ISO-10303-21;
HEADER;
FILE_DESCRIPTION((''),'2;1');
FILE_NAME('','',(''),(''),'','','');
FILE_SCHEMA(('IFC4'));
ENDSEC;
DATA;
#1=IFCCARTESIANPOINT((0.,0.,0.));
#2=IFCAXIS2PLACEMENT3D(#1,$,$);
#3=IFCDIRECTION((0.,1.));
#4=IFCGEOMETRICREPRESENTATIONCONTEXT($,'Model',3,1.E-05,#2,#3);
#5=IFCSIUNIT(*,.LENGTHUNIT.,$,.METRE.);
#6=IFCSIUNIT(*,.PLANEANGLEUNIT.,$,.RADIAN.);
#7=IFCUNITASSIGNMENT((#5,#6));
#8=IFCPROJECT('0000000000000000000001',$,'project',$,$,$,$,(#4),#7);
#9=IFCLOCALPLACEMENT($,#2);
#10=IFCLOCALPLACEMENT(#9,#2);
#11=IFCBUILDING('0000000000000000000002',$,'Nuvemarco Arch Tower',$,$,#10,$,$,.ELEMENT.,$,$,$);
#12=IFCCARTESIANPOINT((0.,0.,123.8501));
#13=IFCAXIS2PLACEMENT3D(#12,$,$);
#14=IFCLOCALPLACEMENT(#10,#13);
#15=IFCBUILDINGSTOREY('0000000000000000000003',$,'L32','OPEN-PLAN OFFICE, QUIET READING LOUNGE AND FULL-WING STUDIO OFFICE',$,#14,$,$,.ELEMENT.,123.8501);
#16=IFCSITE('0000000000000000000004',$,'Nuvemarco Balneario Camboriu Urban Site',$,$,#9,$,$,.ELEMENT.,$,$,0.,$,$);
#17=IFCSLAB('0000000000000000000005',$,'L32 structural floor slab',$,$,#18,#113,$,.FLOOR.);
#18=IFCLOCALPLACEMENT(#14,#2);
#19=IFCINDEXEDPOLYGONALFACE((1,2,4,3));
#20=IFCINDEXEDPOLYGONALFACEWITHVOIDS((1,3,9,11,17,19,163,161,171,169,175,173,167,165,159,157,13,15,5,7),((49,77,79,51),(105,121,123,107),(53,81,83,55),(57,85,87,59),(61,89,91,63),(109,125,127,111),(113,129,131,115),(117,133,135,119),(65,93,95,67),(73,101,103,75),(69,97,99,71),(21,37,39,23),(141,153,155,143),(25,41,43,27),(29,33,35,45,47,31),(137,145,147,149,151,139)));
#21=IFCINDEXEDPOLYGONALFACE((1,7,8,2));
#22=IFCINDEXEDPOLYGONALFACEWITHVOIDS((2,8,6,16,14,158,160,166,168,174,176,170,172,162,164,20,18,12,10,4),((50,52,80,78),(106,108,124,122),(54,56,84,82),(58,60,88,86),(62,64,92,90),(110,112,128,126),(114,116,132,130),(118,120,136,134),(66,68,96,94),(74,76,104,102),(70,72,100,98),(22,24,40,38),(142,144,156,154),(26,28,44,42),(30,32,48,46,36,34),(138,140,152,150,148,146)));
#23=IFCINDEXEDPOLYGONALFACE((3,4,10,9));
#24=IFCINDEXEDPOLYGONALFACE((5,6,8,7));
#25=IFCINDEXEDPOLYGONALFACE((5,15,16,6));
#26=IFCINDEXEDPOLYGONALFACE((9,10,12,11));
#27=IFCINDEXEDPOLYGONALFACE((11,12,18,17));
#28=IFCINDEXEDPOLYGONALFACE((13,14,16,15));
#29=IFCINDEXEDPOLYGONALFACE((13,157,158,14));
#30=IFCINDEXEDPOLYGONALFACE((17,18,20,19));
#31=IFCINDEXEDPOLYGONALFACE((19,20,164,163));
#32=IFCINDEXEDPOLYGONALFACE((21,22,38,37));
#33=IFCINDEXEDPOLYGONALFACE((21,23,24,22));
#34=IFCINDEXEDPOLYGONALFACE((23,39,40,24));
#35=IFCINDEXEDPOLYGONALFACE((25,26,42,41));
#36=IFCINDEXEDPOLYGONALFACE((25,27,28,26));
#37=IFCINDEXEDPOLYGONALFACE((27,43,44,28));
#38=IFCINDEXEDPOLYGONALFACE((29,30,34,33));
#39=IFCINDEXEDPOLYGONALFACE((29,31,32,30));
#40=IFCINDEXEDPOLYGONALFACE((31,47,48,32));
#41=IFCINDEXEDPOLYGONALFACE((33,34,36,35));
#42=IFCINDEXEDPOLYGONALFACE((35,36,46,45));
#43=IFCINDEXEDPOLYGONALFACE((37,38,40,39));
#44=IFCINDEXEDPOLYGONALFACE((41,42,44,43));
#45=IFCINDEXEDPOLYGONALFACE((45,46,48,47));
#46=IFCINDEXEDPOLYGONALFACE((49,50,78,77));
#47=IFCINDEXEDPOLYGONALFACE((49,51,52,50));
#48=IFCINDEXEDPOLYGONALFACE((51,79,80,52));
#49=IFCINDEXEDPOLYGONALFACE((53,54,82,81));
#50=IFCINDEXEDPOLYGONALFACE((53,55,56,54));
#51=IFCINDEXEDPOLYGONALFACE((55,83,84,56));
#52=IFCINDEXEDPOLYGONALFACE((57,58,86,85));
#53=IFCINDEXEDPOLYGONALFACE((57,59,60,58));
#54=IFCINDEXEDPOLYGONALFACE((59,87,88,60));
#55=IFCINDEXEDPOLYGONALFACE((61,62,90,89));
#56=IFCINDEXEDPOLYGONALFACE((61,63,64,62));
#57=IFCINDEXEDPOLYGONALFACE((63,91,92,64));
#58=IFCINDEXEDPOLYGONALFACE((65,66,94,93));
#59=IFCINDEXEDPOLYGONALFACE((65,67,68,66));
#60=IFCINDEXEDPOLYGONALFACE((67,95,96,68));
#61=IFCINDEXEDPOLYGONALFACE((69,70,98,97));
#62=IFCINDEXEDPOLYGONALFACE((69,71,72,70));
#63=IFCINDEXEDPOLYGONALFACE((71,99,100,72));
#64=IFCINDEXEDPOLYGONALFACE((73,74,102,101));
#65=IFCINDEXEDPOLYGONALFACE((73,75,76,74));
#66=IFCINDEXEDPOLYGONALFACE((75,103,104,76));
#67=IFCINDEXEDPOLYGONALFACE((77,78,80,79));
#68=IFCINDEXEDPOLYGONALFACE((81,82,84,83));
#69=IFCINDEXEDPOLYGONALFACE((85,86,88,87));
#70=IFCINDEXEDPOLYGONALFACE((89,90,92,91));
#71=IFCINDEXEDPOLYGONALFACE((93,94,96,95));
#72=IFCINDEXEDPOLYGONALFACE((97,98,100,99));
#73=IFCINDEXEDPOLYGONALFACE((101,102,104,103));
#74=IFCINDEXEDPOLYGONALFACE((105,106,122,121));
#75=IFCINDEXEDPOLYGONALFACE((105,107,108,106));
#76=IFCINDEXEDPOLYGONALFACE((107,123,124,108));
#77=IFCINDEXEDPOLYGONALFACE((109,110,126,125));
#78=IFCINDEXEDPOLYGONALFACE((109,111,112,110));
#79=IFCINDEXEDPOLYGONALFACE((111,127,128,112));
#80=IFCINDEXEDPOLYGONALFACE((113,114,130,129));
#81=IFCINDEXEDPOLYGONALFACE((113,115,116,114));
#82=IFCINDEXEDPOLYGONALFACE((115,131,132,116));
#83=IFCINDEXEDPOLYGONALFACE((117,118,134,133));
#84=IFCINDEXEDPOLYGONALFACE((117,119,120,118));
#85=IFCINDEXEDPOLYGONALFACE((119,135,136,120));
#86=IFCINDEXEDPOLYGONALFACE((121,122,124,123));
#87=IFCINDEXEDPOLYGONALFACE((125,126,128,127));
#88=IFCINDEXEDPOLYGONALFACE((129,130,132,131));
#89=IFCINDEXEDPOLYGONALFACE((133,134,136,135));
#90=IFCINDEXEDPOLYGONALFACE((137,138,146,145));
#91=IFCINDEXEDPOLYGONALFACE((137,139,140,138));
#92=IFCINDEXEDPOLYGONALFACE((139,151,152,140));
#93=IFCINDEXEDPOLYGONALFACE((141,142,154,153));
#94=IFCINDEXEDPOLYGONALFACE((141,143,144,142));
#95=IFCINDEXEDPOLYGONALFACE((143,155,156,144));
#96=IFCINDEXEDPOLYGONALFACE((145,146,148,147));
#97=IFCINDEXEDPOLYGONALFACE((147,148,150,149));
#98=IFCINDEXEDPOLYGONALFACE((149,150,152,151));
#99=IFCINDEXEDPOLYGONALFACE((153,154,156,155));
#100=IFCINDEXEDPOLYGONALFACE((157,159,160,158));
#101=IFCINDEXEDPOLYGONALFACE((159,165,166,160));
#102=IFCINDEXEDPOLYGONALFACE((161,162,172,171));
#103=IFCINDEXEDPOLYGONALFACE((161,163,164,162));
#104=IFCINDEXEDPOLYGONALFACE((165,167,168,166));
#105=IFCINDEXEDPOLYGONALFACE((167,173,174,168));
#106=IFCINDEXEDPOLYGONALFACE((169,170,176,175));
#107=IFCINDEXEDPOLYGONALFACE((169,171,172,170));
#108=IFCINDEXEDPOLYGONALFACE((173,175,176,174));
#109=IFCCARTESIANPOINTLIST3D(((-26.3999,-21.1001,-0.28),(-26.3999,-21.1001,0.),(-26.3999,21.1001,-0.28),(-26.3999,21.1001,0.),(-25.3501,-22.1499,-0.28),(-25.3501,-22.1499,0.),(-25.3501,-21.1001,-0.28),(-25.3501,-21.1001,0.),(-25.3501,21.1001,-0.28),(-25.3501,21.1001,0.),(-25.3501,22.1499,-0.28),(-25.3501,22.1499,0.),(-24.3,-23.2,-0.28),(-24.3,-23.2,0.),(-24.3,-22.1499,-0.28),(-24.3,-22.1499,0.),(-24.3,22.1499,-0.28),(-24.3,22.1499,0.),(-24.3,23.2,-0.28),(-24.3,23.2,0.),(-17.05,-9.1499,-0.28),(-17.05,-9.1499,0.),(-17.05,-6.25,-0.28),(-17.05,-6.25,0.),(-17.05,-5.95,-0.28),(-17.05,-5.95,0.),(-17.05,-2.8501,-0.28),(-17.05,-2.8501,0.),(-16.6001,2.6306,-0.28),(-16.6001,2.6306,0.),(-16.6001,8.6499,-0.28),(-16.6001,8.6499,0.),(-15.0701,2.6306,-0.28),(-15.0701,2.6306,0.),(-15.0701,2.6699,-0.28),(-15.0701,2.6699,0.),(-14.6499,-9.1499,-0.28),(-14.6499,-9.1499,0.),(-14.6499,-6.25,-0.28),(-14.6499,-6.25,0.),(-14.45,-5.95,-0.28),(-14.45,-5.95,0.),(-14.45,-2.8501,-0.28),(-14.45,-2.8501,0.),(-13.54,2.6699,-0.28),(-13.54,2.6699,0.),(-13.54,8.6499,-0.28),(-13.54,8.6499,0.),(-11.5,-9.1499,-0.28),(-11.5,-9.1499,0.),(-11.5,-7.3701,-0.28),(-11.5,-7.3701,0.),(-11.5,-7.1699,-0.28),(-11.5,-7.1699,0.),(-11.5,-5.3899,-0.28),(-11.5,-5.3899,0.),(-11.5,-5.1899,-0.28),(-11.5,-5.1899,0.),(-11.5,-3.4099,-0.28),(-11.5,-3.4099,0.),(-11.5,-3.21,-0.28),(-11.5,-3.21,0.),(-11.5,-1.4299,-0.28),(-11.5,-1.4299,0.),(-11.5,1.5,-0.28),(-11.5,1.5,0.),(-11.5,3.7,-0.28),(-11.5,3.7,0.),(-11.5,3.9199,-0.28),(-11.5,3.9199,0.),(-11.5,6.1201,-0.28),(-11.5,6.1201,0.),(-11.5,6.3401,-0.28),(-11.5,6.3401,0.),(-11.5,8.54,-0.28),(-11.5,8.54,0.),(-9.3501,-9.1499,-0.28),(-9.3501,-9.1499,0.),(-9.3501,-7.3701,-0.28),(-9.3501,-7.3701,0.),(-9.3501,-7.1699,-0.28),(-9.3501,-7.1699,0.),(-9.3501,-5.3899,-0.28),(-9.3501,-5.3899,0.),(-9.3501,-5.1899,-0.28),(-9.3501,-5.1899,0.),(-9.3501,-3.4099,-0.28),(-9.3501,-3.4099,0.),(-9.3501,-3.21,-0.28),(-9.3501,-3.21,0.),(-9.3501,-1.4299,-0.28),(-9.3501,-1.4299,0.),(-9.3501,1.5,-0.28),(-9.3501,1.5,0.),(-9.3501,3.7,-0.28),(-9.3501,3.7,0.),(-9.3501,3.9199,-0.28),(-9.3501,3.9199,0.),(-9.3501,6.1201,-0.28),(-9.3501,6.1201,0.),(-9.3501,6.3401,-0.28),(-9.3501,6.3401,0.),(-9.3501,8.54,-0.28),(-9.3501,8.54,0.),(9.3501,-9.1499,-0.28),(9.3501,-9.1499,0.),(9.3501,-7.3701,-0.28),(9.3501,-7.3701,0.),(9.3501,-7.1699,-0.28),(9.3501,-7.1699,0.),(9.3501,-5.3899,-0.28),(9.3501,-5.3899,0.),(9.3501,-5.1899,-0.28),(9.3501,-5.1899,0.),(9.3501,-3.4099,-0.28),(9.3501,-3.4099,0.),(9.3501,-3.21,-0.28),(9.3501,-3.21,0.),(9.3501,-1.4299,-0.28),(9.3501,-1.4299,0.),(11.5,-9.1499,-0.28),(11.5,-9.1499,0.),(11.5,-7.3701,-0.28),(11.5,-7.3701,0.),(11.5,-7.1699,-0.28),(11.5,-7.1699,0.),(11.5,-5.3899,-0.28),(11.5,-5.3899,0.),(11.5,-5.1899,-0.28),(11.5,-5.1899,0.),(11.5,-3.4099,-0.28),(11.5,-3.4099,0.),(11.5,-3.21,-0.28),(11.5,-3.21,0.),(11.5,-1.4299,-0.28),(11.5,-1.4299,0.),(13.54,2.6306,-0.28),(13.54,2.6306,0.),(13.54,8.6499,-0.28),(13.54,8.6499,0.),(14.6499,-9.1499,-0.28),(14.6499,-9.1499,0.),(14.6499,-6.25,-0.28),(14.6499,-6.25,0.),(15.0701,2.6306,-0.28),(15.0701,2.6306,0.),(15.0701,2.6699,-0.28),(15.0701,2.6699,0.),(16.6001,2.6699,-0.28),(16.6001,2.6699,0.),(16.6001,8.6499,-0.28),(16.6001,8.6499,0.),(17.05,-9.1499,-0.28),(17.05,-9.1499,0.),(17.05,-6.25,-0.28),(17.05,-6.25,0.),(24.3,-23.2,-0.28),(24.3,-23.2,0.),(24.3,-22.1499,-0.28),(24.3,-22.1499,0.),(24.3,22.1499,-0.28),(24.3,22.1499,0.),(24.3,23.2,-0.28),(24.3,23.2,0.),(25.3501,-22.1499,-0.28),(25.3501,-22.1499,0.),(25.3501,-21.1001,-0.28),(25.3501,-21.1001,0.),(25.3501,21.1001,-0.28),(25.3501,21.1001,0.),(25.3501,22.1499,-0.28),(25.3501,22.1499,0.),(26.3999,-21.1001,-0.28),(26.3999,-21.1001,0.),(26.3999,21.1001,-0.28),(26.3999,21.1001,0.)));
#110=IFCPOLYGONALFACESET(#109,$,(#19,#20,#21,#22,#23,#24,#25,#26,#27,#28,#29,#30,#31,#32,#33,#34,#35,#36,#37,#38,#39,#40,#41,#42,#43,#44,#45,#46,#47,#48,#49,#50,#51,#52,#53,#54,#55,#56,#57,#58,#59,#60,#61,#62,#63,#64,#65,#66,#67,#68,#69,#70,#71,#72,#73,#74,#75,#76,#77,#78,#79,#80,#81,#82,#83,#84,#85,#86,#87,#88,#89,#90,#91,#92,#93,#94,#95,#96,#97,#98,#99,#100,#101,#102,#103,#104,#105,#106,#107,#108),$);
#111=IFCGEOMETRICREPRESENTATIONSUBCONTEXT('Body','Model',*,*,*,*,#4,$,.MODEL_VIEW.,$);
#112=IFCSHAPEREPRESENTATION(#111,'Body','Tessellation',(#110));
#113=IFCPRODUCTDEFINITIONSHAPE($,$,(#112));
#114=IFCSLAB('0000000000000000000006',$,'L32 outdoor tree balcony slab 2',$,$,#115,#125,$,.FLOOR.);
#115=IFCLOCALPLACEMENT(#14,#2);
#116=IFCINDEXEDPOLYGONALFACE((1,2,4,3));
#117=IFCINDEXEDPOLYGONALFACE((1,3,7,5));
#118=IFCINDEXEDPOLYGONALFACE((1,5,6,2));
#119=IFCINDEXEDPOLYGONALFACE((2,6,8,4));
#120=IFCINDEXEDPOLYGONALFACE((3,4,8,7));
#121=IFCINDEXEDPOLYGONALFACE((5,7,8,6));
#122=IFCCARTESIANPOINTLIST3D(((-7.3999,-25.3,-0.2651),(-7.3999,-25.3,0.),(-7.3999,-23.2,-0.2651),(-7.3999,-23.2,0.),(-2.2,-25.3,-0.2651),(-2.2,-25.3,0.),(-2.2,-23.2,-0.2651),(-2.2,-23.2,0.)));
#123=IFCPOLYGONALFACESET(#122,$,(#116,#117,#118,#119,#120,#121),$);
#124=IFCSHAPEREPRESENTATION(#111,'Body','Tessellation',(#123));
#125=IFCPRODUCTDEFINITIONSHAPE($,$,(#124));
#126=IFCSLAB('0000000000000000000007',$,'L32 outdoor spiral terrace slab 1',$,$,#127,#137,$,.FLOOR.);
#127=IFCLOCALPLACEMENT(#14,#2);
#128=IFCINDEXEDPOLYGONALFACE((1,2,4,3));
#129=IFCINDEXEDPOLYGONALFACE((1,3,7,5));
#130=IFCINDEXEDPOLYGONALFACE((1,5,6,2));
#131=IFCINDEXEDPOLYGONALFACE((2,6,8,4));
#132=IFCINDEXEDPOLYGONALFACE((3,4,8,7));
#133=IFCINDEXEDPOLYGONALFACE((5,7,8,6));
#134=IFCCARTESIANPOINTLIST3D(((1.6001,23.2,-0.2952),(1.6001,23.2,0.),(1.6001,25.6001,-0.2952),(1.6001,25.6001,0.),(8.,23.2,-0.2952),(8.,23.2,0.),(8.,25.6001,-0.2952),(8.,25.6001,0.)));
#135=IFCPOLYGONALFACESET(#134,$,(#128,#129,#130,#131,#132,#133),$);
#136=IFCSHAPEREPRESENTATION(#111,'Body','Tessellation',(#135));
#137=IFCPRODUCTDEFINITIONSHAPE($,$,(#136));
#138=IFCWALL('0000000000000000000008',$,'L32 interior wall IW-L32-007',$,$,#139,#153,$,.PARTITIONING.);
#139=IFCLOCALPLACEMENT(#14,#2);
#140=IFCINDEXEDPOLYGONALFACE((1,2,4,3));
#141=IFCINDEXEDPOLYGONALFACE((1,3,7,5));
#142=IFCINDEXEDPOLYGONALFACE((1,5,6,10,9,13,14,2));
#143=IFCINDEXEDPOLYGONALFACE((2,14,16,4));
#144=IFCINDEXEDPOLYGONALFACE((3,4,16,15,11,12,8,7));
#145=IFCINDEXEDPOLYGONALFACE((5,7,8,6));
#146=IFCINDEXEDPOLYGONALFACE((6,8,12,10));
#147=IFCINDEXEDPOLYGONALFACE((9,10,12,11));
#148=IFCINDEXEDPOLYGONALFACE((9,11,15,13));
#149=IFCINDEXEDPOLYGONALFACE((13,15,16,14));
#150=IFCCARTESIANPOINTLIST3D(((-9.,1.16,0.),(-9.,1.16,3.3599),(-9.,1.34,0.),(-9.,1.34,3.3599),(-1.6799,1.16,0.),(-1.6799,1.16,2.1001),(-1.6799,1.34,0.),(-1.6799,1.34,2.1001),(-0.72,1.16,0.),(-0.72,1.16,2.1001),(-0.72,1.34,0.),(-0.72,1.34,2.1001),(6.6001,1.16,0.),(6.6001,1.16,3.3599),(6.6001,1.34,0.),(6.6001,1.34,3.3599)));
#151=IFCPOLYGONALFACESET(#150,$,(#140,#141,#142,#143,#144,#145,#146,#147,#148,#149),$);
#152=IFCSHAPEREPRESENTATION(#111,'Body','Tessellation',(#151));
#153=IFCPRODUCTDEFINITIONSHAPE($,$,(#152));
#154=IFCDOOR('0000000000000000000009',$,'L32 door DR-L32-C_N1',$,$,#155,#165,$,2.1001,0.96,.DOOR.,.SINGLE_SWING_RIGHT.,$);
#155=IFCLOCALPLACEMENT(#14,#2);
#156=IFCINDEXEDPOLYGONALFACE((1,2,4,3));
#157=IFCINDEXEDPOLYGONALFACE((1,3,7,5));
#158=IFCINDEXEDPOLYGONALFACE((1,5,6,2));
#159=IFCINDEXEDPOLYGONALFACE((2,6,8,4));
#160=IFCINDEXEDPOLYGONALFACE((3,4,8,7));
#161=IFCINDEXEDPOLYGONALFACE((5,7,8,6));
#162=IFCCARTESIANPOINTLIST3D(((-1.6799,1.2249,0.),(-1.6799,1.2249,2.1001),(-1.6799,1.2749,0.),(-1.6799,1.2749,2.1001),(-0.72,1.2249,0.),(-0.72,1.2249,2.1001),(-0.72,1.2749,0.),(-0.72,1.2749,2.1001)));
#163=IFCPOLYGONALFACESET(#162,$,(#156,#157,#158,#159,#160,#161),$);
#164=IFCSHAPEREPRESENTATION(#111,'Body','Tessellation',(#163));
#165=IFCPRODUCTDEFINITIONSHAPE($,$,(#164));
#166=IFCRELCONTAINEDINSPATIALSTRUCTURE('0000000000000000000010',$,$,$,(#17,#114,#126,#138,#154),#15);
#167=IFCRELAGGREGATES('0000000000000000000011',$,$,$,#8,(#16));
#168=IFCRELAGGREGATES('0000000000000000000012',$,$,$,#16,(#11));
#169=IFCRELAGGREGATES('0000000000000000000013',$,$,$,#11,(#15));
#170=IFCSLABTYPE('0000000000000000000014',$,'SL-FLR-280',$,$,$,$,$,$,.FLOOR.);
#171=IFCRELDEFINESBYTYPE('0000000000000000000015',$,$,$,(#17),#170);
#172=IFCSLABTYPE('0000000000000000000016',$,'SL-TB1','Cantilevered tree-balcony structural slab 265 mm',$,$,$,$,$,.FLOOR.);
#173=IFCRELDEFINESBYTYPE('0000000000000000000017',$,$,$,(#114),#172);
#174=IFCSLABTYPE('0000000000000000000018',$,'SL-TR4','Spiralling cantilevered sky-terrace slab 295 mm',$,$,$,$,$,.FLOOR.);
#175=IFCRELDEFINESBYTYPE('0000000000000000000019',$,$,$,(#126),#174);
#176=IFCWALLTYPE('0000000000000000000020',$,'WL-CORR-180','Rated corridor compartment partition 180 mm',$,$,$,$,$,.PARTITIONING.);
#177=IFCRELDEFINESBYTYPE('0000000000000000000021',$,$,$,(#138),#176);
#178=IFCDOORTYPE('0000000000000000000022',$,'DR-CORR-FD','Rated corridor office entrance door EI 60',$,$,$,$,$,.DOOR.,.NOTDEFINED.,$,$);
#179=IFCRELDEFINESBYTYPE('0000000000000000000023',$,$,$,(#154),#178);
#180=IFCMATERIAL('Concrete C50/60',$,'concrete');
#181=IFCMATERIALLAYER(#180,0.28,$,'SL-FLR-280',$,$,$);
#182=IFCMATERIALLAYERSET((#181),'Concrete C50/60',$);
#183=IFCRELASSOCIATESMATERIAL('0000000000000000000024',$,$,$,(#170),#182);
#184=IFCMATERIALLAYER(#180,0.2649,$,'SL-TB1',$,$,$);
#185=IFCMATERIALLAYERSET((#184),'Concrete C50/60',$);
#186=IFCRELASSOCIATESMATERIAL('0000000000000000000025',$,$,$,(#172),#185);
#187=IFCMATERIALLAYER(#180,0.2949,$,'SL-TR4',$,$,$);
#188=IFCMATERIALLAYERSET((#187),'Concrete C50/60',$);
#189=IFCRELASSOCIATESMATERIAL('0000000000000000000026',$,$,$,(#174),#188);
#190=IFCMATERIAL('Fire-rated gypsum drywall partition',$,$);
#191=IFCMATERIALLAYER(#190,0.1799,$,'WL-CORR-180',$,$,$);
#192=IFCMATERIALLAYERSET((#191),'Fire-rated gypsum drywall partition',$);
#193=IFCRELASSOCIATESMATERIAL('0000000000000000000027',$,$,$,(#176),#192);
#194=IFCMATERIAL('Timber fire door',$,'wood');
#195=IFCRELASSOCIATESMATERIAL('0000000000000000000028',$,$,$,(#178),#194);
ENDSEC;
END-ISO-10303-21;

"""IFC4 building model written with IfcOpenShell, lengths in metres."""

from ifc_helpers import new_model, si_unit, direction, frame, frame_2d, origin, place, context, subcontext, project, spatial, polyline, rectangle, outline, extrude, source, transform, mapped, material, layer, layer_set, type_object, type_shapes, element, fill, save


model = new_model("IFC4")

# Units and contexts
model_context = context("Model", 3, precision=1e-05, world=origin(), true_north=direction((0.0, 1.0)))
body_context = subcontext(model_context, "Body", "Model", "MODEL_VIEW")
ifc_project = project(units=[si_unit("LENGTHUNIT", "METRE"), si_unit("PLANEANGLEUNIT", "RADIAN")], contexts=[model_context])

# Site, building, storey
site_placement = place(None, origin())
site = spatial("IfcSite", under=ifc_project, at=site_placement, Name="Nuvemarco Balneario Camboriu Urban Site", CompositionType="ELEMENT", RefElevation=0.0)
building_placement = place(site_placement, origin())
building = spatial("IfcBuilding", under=site, at=building_placement, Name="Nuvemarco Arch Tower", CompositionType="ELEMENT")
storey_placement = place(building_placement, frame((0.0, 0.0, 123.8501)))
storey = spatial("IfcBuildingStorey", under=building, at=storey_placement, Name="L32", Description="OPEN-PLAN OFFICE, QUIET READING LOUNGE AND FULL-WING STUDIO OFFICE", CompositionType="ELEMENT", Elevation=123.8501)

# Shared definitions
ifc_material_1 = material(Name="Concrete C50/60", Category="concrete")

# Slabs
ifc_layer_1 = layer(ifc_material_1, 0.28, Name="SL-FLR-280")
ifc_layer_set_1 = layer_set([ifc_layer_1], Name="Concrete C50/60")
slab_type_1 = type_object("IfcSlabType", Name="SL-FLR-280", PredefinedType="FLOOR", material=ifc_layer_set_1)
slab_1_placement = place(storey_placement, frame((0.0, 0.0, -0.28)))
element("IfcSlab", 1, at=slab_1_placement, inside=storey, type_object=slab_type_1, Name="L32 structural floor slab", PredefinedType="FLOOR", context=body_context, shape_type="SweptSolid", body=[
    extrude(outline(polyline([(-24.3, -23.2), (24.3, -23.2), (24.3, -22.1499), (25.3501, -22.1499), (25.3501, -21.1001), (26.3999, -21.1001), (26.3999, 21.1001), (25.3501, 21.1001), (25.3501, 22.1499), (24.3, 22.1499), (24.3, 23.2), (-24.3, 23.2), (-24.3, 22.1499), (-25.3501, 22.1499), (-25.3501, 21.1001), (-26.3999, 21.1001), (-26.3999, -21.1001), (-25.3501, -21.1001), (-25.3501, -22.1499), (-24.3, -22.1499), (-24.3, -23.2)]), holes=[polyline([(-13.54, 2.6699), (-13.54, 8.6499), (-16.6001, 8.6499), (-16.6001, 2.6306), (-15.0701, 2.6306), (-15.0701, 2.6699), (-13.54, 2.6699)]), polyline([(16.6001, 2.6699), (16.6001, 8.6499), (13.54, 8.6499), (13.54, 2.6306), (15.0701, 2.6306), (15.0701, 2.6699), (16.6001, 2.6699)]), polyline([(-17.05, -9.1499), (-14.6499, -9.1499), (-14.6499, -6.25), (-17.05, -6.25), (-17.05, -9.1499)]), polyline([(-17.05, -5.95), (-14.45, -5.95), (-14.45, -2.8501), (-17.05, -2.8501), (-17.05, -5.95)]), polyline([(-11.5, -9.1499), (-9.3501, -9.1499), (-9.3501, -7.3701), (-11.5, -7.3701), (-11.5, -9.1499)]), polyline([(-11.5, -7.1699), (-9.3501, -7.1699), (-9.3501, -5.3899), (-11.5, -5.3899), (-11.5, -7.1699)]), polyline([(-11.5, -5.1899), (-9.3501, -5.1899), (-9.3501, -3.4099), (-11.5, -3.4099), (-11.5, -5.1899)]), polyline([(-11.5, -3.21), (-9.3501, -3.21), (-9.3501, -1.4299), (-11.5, -1.4299), (-11.5, -3.21)]), polyline([(-11.5, 1.5), (-9.3501, 1.5), (-9.3501, 3.7), (-11.5, 3.7), (-11.5, 1.5)]), polyline([(-11.5, 3.9199), (-9.3501, 3.9199), (-9.3501, 6.1201), (-11.5, 6.1201), (-11.5, 3.9199)]), polyline([(-11.5, 6.3401), (-9.3501, 6.3401), (-9.3501, 8.54), (-11.5, 8.54), (-11.5, 6.3401)]), polyline([(14.6499, -9.1499), (17.05, -9.1499), (17.05, -6.25), (14.6499, -6.25), (14.6499, -9.1499)]), polyline([(9.3501, -9.1499), (11.5, -9.1499), (11.5, -7.3701), (9.3501, -7.3701), (9.3501, -9.1499)]), polyline([(9.3501, -7.1699), (11.5, -7.1699), (11.5, -5.3899), (9.3501, -5.3899), (9.3501, -7.1699)]), polyline([(9.3501, -5.1899), (11.5, -5.1899), (11.5, -3.4099), (9.3501, -3.4099), (9.3501, -5.1899)]), polyline([(9.3501, -3.21), (11.5, -3.21), (11.5, -1.4299), (9.3501, -1.4299), (9.3501, -3.21)])]), origin(), (0.0, 0.0, 1.0), 0.28),
])
ifc_layer_2 = layer(ifc_material_1, 0.2649, Name="SL-TB1")
ifc_layer_set_2 = layer_set([ifc_layer_2], Name="Concrete C50/60")
slab_type_2 = type_object("IfcSlabType", Name="SL-TB1", Description="Cantilevered tree-balcony structural slab 265 mm", PredefinedType="FLOOR", material=ifc_layer_set_2)
slab_2_placement = place(storey_placement, frame((0.0, 0.0, -0.2651)))
element("IfcSlab", 2, at=slab_2_placement, inside=storey, type_object=slab_type_2, Name="L32 outdoor tree balcony slab 2", PredefinedType="FLOOR", context=body_context, shape_type="SweptSolid", body=[
    extrude(outline(polyline([(-7.3999, -25.3), (-2.2, -25.3), (-2.2, -23.2), (-7.3999, -23.2), (-7.3999, -25.3)])), origin(), (0.0, 0.0, 1.0), 0.2651),
])
ifc_layer_3 = layer(ifc_material_1, 0.2949, Name="SL-TR4")
ifc_layer_set_3 = layer_set([ifc_layer_3], Name="Concrete C50/60")
slab_type_3 = type_object("IfcSlabType", Name="SL-TR4", Description="Spiralling cantilevered sky-terrace slab 295 mm", PredefinedType="FLOOR", material=ifc_layer_set_3)
slab_3_placement = place(storey_placement, frame((0.0, 0.0, -0.2952)))
element("IfcSlab", 3, at=slab_3_placement, inside=storey, type_object=slab_type_3, Name="L32 outdoor spiral terrace slab 1", PredefinedType="FLOOR", context=body_context, shape_type="SweptSolid", body=[
    extrude(outline(polyline([(1.6001, 23.2), (8.0, 23.2), (8.0, 25.6001), (1.6001, 25.6001), (1.6001, 23.2)])), origin(), (0.0, 0.0, 1.0), 0.2952),
])

# Wall, opening, door
ifc_material_2 = material(Name="Fire-rated gypsum drywall partition")
ifc_layer_4 = layer(ifc_material_2, 0.1799, Name="WL-CORR-180")
ifc_layer_set_4 = layer_set([ifc_layer_4], Name="Fire-rated gypsum drywall partition")
wall_type_1 = type_object("IfcWallType", Name="WL-CORR-180", Description="Rated corridor compartment partition 180 mm", PredefinedType="PARTITIONING", material=ifc_layer_set_4)
wall_1_placement = place(storey_placement, frame((-9.0, 1.25, 0.0), z_axis=(0.0, 0.0, 1.0), x_axis=(1.0, 0.0, 0.0)))
wall_1 = element("IfcWall", 4, at=wall_1_placement, inside=storey, type_object=wall_type_1, Name="L32 interior wall IW-L32-007", PredefinedType="PARTITIONING", context=body_context, shape_type="SweptSolid", body=[
    extrude(rectangle(XDim=15.6001, YDim=0.1799, at=frame_2d((7.8, 0.0))), origin(), (0.0, 0.0, 1.0), 3.3599),
])
opening_1_placement = place(wall_1_placement, frame((7.3201, 0.0, 0.0)))
opening_1 = element("IfcOpeningElement", 5, at=opening_1_placement, cuts=wall_1, PredefinedType="OPENING", context=body_context, shape_type="SweptSolid", body=[
    extrude(rectangle(XDim=0.96, YDim=2.1001, at=frame_2d((0.48, 1.05))), frame((0.0, 0.0999, 0.0), z_axis=(0.0, -1.0, 0.0), x_axis=(1.0, 0.0, 0.0)), (0.0, 0.0, 1.0), 0.2),
])
ifc_material_3 = material(Name="Timber fire door", Category="wood")
door_type_1 = type_object("IfcDoorType", Name="DR-CORR-FD", Description="Rated corridor office entrance door EI 60", OperationType="NOTDEFINED", PredefinedType="DOOR", material=ifc_material_3)
shared_shape_1 = source(origin(), body_context, "Body", "SweptSolid", [
    extrude(rectangle(XDim=0.96, YDim=2.1001, at=frame_2d((0.48, 1.05))), frame((0.0, 0.0249, 0.0), z_axis=(0.0, -1.0, 0.0), x_axis=(1.0, 0.0, 0.0)), (0.0, 0.0, 1.0), 0.05),
])
type_shapes(door_type_1, [shared_shape_1])
door_1_placement = place(opening_1_placement, origin())
door_1 = element("IfcDoor", 6, at=door_1_placement, inside=storey, type_object=door_type_1, Name="L32 door DR-L32-C_N1", OperationType="SINGLE_SWING_RIGHT", OverallHeight=2.1001, OverallWidth=0.96, PredefinedType="DOOR", context=body_context, shape_type="MappedRepresentation", body=[
    mapped(shared_shape_1, transform((0.0, 0.0, 0.0), scale=1.0)),
])
fill(opening_1, door_1)

save(model, "model.ifc")
